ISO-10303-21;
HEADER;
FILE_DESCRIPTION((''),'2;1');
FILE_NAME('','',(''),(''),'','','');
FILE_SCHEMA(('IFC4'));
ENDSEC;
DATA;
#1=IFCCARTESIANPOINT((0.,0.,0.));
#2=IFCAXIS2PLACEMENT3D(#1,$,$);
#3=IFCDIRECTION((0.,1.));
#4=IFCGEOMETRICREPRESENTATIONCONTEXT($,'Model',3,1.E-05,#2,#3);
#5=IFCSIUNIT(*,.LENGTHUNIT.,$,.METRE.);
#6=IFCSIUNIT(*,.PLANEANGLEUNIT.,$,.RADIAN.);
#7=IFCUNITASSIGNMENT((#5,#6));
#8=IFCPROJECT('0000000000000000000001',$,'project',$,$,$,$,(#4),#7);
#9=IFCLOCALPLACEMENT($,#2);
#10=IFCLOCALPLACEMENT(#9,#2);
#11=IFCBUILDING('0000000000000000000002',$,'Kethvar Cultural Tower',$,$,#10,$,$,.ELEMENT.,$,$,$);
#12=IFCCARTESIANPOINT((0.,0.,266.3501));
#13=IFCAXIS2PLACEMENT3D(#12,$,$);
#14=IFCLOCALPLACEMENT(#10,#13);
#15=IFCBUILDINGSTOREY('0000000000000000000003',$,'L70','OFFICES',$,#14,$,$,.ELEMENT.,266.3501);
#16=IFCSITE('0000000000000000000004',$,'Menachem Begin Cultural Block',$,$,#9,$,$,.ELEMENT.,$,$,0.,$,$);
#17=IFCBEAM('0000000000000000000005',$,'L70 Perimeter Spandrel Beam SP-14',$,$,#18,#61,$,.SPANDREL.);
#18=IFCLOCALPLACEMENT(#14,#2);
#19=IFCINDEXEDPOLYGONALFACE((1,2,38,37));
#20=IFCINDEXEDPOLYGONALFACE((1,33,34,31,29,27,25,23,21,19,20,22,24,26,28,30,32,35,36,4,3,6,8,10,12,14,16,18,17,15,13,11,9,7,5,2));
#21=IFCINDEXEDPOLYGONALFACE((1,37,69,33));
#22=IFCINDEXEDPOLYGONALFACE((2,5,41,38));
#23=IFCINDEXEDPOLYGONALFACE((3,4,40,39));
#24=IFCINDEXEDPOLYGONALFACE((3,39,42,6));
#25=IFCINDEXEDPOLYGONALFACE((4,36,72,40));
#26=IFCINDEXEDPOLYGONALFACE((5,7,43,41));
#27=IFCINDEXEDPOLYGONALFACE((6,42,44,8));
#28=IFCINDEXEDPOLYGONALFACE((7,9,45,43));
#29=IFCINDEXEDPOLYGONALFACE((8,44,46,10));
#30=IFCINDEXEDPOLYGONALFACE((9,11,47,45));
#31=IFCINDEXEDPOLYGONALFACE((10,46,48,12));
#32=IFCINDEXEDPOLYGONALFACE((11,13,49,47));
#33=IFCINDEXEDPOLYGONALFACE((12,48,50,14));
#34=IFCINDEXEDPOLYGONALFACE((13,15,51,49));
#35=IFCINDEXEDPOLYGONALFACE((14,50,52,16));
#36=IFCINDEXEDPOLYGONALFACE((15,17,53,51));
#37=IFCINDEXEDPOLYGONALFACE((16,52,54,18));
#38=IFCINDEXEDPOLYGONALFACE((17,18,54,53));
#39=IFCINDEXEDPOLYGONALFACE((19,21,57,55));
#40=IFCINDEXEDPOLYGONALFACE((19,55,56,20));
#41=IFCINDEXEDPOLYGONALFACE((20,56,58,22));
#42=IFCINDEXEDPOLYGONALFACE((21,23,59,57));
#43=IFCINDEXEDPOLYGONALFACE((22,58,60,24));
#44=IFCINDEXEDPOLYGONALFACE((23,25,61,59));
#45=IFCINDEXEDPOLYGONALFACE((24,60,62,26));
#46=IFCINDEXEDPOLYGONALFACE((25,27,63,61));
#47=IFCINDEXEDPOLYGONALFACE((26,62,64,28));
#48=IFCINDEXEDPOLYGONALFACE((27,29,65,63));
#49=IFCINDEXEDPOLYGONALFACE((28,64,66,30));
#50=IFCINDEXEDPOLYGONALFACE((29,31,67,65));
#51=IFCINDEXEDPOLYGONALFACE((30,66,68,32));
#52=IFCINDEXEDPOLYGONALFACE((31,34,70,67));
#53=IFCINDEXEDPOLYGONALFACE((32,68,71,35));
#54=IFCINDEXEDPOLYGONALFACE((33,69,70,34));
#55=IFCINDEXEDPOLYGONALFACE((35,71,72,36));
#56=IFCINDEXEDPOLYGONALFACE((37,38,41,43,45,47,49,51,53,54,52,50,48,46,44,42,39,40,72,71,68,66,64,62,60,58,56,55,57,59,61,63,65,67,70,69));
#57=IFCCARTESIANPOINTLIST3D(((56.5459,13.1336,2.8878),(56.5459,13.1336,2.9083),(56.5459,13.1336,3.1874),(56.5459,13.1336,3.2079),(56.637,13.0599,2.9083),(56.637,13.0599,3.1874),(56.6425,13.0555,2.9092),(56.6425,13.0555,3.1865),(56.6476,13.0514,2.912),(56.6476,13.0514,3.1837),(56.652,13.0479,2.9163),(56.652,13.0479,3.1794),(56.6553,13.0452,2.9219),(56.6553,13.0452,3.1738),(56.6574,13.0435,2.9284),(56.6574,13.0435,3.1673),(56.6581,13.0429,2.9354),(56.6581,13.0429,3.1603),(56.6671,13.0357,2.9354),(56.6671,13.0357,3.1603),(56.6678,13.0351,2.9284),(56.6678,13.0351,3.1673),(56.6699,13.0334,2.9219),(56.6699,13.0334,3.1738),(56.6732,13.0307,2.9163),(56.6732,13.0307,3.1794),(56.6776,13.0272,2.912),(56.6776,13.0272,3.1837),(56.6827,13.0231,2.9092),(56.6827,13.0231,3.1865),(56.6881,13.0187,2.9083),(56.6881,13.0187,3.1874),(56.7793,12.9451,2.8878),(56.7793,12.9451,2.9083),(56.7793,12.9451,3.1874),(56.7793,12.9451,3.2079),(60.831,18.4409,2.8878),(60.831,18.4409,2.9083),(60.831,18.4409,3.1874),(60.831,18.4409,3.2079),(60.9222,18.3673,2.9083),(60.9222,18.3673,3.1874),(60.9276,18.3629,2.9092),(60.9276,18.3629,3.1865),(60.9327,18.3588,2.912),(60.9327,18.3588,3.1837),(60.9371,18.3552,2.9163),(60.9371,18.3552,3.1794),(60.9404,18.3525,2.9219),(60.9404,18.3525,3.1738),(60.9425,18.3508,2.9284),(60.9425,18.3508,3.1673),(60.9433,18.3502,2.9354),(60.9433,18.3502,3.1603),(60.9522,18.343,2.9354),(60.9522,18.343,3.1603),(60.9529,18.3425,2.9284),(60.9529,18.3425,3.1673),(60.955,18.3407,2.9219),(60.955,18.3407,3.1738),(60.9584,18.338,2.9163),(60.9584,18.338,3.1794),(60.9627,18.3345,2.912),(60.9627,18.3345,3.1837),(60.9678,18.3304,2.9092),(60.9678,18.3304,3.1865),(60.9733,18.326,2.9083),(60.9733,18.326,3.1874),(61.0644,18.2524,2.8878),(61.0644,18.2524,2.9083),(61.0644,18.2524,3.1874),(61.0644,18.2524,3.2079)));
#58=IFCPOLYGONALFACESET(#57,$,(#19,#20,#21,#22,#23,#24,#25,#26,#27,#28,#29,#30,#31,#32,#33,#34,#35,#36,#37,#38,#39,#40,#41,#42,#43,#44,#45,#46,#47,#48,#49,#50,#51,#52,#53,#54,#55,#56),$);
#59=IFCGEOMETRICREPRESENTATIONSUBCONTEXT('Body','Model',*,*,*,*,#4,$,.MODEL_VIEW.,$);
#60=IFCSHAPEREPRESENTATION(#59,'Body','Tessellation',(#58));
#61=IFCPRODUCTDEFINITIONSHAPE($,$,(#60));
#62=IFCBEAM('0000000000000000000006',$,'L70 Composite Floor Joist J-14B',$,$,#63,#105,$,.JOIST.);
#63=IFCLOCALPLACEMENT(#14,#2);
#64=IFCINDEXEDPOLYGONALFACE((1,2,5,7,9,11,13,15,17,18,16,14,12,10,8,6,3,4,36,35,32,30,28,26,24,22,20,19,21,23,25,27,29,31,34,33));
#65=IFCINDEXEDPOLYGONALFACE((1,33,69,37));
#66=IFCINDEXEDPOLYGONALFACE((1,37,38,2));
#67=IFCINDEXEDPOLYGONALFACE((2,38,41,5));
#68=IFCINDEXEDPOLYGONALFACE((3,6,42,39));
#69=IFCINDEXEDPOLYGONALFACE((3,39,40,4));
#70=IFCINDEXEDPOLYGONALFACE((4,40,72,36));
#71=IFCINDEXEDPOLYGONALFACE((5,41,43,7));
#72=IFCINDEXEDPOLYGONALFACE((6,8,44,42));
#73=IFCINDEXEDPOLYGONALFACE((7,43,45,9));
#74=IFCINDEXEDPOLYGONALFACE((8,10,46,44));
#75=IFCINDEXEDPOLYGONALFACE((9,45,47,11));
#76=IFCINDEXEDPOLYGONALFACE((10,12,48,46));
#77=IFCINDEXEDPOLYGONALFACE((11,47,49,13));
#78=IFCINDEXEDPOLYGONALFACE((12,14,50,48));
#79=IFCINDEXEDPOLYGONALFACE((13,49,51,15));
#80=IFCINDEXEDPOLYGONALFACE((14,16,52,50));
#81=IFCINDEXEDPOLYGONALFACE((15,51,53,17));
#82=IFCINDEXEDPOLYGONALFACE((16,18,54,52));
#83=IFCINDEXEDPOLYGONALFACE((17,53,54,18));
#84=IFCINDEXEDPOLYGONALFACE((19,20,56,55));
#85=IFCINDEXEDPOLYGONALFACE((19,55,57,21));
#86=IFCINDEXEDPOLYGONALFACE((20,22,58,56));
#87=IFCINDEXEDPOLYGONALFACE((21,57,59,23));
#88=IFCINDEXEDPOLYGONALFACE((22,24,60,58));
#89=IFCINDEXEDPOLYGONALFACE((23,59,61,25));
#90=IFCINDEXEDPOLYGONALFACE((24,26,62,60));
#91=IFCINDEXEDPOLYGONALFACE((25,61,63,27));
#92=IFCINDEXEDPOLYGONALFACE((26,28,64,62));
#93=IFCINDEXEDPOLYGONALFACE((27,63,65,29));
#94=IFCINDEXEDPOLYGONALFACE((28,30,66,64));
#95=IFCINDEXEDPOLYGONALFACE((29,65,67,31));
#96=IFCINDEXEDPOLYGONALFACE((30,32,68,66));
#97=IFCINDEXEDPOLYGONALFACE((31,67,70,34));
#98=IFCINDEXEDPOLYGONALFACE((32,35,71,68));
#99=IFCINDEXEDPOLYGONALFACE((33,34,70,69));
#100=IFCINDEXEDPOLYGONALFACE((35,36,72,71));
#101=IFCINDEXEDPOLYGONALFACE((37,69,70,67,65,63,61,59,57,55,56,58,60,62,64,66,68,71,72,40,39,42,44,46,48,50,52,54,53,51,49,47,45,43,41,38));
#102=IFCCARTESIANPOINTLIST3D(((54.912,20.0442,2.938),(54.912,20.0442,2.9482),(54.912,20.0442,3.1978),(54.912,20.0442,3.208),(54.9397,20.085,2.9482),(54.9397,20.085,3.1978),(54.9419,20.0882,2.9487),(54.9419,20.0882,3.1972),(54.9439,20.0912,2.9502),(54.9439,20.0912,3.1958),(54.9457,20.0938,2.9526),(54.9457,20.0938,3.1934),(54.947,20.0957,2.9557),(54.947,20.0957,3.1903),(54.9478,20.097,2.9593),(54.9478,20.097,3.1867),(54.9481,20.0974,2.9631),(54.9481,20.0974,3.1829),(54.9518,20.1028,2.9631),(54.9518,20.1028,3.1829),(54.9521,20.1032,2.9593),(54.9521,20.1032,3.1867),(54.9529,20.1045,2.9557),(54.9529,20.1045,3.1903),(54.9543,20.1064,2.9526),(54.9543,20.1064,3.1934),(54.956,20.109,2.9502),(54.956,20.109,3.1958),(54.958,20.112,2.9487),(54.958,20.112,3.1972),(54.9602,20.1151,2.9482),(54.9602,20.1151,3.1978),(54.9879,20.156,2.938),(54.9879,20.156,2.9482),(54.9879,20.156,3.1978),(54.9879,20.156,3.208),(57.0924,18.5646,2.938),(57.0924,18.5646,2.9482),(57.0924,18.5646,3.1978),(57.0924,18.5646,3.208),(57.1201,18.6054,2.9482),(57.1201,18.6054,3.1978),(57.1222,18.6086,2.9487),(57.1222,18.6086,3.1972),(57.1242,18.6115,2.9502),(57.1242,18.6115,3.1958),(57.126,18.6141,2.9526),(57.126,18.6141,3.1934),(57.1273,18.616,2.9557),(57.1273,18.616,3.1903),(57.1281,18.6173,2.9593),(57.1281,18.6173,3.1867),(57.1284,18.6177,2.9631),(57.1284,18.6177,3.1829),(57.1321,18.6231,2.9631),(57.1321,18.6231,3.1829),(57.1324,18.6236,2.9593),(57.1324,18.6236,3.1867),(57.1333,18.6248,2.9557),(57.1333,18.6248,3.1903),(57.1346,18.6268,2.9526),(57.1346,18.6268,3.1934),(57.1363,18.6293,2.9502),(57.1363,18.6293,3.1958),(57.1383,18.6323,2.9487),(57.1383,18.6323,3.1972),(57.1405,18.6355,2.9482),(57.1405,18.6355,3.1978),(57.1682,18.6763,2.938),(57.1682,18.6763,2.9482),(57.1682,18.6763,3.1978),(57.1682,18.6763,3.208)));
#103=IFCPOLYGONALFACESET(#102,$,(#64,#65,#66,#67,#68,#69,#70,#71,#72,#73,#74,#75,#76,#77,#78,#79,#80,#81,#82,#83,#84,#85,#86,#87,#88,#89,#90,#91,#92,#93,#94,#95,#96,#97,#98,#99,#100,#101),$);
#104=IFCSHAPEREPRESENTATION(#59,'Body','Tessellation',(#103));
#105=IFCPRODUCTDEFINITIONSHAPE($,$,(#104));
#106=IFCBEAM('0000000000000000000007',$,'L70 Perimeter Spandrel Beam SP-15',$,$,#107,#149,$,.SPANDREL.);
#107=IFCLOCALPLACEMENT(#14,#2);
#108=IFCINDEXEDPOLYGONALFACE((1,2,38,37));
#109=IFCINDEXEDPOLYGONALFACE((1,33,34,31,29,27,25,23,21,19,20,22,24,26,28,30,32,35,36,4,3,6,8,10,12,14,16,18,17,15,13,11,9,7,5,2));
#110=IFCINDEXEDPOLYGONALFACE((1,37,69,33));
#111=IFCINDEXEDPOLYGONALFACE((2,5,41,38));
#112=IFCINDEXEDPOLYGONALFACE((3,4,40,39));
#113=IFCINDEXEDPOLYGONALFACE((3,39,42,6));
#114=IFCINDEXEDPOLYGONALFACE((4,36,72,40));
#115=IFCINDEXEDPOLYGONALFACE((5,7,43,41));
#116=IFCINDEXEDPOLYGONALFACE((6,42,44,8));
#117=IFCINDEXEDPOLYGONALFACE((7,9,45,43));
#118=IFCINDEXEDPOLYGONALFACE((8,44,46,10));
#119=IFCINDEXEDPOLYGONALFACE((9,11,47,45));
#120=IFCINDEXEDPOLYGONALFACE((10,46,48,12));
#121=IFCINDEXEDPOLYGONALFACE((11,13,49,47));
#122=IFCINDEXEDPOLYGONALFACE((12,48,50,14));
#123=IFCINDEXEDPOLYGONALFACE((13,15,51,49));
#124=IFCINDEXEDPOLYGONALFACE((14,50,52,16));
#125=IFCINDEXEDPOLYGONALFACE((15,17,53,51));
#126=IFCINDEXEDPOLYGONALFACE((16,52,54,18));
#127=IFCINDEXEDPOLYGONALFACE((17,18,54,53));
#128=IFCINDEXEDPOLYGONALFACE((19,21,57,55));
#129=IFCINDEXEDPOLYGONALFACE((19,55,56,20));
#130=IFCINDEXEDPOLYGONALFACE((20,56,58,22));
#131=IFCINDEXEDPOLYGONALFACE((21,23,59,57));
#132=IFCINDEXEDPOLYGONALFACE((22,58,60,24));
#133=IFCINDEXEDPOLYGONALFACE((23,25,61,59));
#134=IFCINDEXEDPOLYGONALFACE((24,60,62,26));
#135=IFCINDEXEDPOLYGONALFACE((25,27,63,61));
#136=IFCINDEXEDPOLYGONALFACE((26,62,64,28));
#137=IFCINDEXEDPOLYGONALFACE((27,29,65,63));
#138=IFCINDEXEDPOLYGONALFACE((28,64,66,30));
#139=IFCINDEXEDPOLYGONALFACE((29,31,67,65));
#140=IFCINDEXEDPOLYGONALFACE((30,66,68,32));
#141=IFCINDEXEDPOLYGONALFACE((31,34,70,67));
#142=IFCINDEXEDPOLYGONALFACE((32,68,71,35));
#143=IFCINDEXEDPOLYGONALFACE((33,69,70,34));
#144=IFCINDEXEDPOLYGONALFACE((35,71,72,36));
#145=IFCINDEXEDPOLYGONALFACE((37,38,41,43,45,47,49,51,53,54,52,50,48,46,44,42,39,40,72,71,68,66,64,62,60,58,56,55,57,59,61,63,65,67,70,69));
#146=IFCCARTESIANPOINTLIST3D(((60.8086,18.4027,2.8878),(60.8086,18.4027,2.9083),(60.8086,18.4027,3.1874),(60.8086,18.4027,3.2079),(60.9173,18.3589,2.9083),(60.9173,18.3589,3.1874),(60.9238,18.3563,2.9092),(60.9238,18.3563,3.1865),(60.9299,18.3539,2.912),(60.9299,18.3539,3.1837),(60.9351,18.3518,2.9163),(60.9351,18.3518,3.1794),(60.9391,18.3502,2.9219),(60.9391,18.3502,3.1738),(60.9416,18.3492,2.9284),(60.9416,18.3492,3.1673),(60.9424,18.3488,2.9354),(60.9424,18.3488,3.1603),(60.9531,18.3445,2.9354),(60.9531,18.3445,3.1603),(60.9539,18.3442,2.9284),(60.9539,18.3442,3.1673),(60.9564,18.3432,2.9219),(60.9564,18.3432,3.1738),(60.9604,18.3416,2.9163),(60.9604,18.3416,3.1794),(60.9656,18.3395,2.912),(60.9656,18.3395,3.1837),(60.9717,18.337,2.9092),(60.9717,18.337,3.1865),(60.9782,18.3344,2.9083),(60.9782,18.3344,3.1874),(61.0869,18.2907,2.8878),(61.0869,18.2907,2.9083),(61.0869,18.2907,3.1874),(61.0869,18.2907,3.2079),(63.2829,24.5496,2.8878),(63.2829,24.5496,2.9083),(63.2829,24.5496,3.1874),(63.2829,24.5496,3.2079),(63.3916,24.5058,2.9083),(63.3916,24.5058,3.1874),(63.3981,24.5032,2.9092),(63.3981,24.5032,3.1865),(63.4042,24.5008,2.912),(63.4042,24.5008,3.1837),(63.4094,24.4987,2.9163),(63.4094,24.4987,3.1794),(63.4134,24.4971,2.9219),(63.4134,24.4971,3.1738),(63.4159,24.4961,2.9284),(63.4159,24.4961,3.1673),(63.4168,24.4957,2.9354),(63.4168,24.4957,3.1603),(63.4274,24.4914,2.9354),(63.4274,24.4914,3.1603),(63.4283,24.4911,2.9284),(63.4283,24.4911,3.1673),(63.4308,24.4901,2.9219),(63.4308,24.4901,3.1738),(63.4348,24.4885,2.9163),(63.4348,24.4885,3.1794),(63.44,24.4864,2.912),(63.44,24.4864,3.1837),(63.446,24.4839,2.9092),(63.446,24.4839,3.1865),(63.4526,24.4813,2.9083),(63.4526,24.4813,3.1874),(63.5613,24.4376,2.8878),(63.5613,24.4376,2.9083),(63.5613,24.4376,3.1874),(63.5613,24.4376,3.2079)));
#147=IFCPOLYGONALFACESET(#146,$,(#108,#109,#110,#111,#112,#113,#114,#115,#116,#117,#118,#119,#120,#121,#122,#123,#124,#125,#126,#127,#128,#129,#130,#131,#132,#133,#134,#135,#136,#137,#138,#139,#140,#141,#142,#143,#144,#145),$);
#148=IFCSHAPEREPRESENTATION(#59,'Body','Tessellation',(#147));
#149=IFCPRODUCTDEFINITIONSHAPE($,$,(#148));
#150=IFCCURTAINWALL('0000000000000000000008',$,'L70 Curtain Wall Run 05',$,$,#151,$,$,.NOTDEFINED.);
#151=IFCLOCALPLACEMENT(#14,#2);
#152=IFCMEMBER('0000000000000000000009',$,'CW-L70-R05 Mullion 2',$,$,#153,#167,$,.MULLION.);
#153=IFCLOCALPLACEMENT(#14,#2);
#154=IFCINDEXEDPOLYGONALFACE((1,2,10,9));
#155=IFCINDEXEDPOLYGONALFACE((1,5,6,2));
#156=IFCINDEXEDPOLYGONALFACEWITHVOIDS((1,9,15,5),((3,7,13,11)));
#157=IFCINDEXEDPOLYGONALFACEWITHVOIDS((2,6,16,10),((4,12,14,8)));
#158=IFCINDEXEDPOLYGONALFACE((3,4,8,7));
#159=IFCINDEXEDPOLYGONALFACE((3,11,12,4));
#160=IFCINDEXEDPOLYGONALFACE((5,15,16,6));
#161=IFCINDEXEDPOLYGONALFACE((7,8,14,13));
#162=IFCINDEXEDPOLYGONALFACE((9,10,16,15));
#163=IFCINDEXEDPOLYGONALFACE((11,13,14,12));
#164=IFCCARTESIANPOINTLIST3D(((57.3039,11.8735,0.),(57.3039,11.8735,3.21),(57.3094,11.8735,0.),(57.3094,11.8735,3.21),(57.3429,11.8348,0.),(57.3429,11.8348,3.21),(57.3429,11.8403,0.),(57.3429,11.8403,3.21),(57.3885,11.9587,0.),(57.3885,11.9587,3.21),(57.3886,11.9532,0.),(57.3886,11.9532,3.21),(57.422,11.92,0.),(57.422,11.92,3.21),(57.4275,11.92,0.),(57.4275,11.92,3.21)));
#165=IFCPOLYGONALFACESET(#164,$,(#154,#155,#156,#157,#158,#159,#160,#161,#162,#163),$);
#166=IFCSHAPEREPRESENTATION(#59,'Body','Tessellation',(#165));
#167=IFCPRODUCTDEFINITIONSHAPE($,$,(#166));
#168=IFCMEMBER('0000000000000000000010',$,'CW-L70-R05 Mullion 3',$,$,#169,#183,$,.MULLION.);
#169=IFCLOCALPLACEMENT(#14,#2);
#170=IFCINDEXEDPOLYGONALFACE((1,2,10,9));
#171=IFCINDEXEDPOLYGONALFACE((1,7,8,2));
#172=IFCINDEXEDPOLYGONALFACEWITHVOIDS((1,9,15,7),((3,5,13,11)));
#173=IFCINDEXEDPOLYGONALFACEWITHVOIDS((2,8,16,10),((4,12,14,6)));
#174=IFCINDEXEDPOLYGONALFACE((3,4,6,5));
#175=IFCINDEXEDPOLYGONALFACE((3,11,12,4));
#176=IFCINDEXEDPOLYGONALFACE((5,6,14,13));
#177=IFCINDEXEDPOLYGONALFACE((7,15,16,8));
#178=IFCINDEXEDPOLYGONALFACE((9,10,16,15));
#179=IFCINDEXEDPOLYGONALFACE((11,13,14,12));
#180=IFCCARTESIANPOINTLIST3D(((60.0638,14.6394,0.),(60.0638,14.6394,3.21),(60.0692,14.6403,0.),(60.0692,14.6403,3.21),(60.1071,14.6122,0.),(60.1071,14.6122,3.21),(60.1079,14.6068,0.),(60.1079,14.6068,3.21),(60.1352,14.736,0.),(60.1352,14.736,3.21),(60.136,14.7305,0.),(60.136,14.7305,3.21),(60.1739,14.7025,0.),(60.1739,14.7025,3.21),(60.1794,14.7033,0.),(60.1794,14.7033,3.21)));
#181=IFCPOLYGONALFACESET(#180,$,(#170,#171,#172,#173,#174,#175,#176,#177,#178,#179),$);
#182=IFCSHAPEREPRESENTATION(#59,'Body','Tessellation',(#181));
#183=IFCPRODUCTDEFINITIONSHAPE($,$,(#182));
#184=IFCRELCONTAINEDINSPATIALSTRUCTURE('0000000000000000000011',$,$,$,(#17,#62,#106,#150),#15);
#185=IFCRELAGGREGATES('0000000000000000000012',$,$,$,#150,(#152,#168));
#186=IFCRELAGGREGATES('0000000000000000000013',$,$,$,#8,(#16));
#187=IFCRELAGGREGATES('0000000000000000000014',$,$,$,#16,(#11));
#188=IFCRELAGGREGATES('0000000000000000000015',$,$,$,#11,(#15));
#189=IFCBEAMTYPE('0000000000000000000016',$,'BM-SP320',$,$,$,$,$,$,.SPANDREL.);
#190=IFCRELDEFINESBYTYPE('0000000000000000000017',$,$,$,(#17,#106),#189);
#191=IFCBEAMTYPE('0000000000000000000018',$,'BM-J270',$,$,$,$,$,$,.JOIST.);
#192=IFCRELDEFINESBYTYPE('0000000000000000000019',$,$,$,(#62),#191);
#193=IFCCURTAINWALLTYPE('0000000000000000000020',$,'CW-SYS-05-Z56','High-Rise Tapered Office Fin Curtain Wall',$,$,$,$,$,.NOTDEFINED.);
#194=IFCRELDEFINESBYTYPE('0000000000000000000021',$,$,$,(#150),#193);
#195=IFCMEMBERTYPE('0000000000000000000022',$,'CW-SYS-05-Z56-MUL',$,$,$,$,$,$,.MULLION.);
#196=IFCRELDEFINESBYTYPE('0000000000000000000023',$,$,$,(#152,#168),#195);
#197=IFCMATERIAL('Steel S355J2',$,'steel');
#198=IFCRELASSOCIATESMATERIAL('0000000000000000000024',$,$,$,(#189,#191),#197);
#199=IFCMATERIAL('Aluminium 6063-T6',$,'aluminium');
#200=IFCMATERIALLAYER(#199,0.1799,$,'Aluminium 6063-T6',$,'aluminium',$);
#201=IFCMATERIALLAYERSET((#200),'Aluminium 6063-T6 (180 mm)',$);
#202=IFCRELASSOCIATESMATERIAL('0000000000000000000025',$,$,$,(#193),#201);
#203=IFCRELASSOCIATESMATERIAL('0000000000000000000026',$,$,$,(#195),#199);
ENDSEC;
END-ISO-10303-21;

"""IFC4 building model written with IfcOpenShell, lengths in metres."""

from ifc_helpers import new_model, si_unit, direction, frame, origin, origin_2d, place, context, subcontext, project, spatial, hollow_rectangle, i_section, extrude, source, transform, mapped, material, layer, layer_set, material_profile, profile_set, type_object, element, aggregate, save


model = new_model("IFC4")

# Units and contexts
model_context = context("Model", 3, precision=1e-05, world=origin(), true_north=direction((0.0, 1.0)))
body_context = subcontext(model_context, "Body", "Model", "MODEL_VIEW")
ifc_project = project(units=[si_unit("LENGTHUNIT", "METRE"), si_unit("PLANEANGLEUNIT", "RADIAN")], contexts=[model_context])

# Site, building, storey
site_placement = place(None, origin())
site = spatial("IfcSite", under=ifc_project, at=site_placement, Name="Menachem Begin Cultural Block", CompositionType="ELEMENT", RefElevation=0.0)
building_placement = place(site_placement, origin())
building = spatial("IfcBuilding", under=site, at=building_placement, Name="Kethvar Cultural Tower", CompositionType="ELEMENT")
storey_placement = place(building_placement, frame((0.0, 0.0, 266.3501)))
storey = spatial("IfcBuildingStorey", under=building, at=storey_placement, Name="L70", Description="OFFICES", CompositionType="ELEMENT", Elevation=266.3501)

# Shared definitions
ifc_material_1 = material(Name="Steel S355J2", Category="steel")

# Beams
ifc_material_profile_1 = material_profile(ifc_material_1, i_section(OverallWidth=0.3, OverallDepth=0.3201, WebThickness=0.0115, FlangeThickness=0.0205, FilletRadius=0.0271, at=origin_2d()), Name="Steel S355J2 — HEB320")
ifc_profile_set_1 = profile_set([ifc_material_profile_1], Name="Steel S355J2 — HEB320")
beam_type_1 = type_object("IfcBeamType", Name="BM-SP320", PredefinedType="SPANDREL", material=ifc_profile_set_1)
shared_shape_1 = source(origin(), body_context, "Body", "SweptSolid", [
    extrude(i_section(OverallWidth=0.3, OverallDepth=0.3201, WebThickness=0.0115, FlangeThickness=0.0205, FilletRadius=0.0271, at=origin_2d()), origin(), (0.0, 0.0, 1.0), 6.8213),
])
beam_1_placement = place(storey_placement, frame((56.6626, 13.0393, 3.0479), z_axis=(0.628198, 0.778054, 0.0), x_axis=(-0.778054, 0.628198, 0.0)))
element("IfcBeam", 1, at=beam_1_placement, inside=storey, type_object=beam_type_1, Name="L70 Perimeter Spandrel Beam SP-14", PredefinedType="SPANDREL", context=body_context, shape_type="MappedRepresentation", body=[
    mapped(shared_shape_1, transform((0.0, 0.0, 0.0), scale=1.0)),
])
ifc_material_profile_2 = material_profile(ifc_material_1, i_section(OverallWidth=0.135, OverallDepth=0.27, WebThickness=0.0066, FlangeThickness=0.0103, FilletRadius=0.0149, at=origin_2d()), Name="Steel S355J2 — IPE270")
ifc_profile_set_2 = profile_set([ifc_material_profile_2], Name="Steel S355J2 — IPE270")
beam_type_2 = type_object("IfcBeamType", Name="BM-J270", PredefinedType="JOIST", material=ifc_profile_set_2)
shared_shape_2 = source(origin(), body_context, "Body", "SweptSolid", [
    extrude(i_section(OverallWidth=0.135, OverallDepth=0.27, WebThickness=0.0066, FlangeThickness=0.0103, FilletRadius=0.0149, at=origin_2d()), origin(), (0.0, 0.0, 1.0), 2.635),
])
beam_2_placement = place(storey_placement, frame((54.95, 20.1001, 3.073), z_axis=(0.827447, -0.561544, 0.0), x_axis=(0.561544, 0.827447, 0.0)))
element("IfcBeam", 2, at=beam_2_placement, inside=storey, type_object=beam_type_2, Name="L70 Composite Floor Joist J-14B", PredefinedType="JOIST", context=body_context, shape_type="MappedRepresentation", body=[
    mapped(shared_shape_2, transform((0.0, 0.0, 0.0), scale=1.0)),
])
shared_shape_3 = source(origin(), body_context, "Body", "SweptSolid", [
    extrude(i_section(OverallWidth=0.3, OverallDepth=0.3201, WebThickness=0.0115, FlangeThickness=0.0205, FilletRadius=0.0271, at=origin_2d()), origin(), (0.0, 0.0, 1.0), 6.6262),
])
beam_3_placement = place(storey_placement, frame((60.9478, 18.3467, 3.0479), z_axis=(0.373416, 0.927664, 0.0), x_axis=(-0.927664, 0.373416, 0.0)))
element("IfcBeam", 3, at=beam_3_placement, inside=storey, type_object=beam_type_1, Name="L70 Perimeter Spandrel Beam SP-15", PredefinedType="SPANDREL", context=body_context, shape_type="MappedRepresentation", body=[
    mapped(shared_shape_3, transform((0.0, 0.0, 0.0), scale=1.0)),
])

# Curtain wall, members
ifc_material_2 = material(Name="Aluminium 6063-T6", Category="aluminium")
ifc_layer_1 = layer(ifc_material_2, 0.1799, Name="Aluminium 6063-T6", Category="aluminium")
ifc_layer_set_1 = layer_set([ifc_layer_1], Name="Aluminium 6063-T6 (180 mm)")
curtain_wall_type = type_object("IfcCurtainWallType", Name="CW-SYS-05-Z56", Description="High-Rise Tapered Office Fin Curtain Wall", PredefinedType="NOTDEFINED", material=ifc_layer_set_1)
curtain_wall_placement = place(storey_placement, origin())
curtain_wall = element("IfcCurtainWall", 4, at=curtain_wall_placement, inside=storey, type_object=curtain_wall_type, Name="L70 Curtain Wall Run 05", PredefinedType="NOTDEFINED")
ifc_material_profile_3 = material_profile(ifc_material_2, hollow_rectangle(XDim=0.0549, YDim=0.1201, WallThickness=0.0039, at=origin_2d()), Name="Aluminium 6063-T6 — RHS120x55x4")
ifc_profile_set_3 = profile_set([ifc_material_profile_3], Name="Aluminium 6063-T6 — RHS120x55x4")
member_type_1 = type_object("IfcMemberType", Name="CW-SYS-05-Z56-MUL", PredefinedType="MULLION", material=ifc_profile_set_3)
shared_shape_4 = source(origin(), body_context, "Body", "SweptSolid", [
    extrude(hollow_rectangle(XDim=0.0549, YDim=0.1201, WallThickness=0.0039, at=origin_2d()), origin(), (0.0, 0.0, 1.0), 3.21),
])
member_1_placement = place(storey_placement, frame((57.3657, 11.8967, 0.0), z_axis=(0.0, 0.0, 1.0), x_axis=(-0.709718, 0.704486, 0.0)))
member_1 = element("IfcMember", 5, at=member_1_placement, type_object=member_type_1, Name="CW-L70-R05 Mullion 2", PredefinedType="MULLION", context=body_context, shape_type="MappedRepresentation", body=[
    mapped(shared_shape_4, transform((0.0, 0.0, 0.0), scale=1.0)),
])
member_2_placement = place(storey_placement, frame((60.1216, 14.6714, 0.0), z_axis=(0.0, 0.0, 1.0), x_axis=(-0.803836, 0.594851, 0.0)))
member_2 = element("IfcMember", 6, at=member_2_placement, type_object=member_type_1, Name="CW-L70-R05 Mullion 3", PredefinedType="MULLION", context=body_context, shape_type="MappedRepresentation", body=[
    mapped(shared_shape_4, transform((0.0, 0.0, 0.0), scale=1.0)),
])
aggregate(curtain_wall, [member_1, member_2])

save(model, "model.ifc")
